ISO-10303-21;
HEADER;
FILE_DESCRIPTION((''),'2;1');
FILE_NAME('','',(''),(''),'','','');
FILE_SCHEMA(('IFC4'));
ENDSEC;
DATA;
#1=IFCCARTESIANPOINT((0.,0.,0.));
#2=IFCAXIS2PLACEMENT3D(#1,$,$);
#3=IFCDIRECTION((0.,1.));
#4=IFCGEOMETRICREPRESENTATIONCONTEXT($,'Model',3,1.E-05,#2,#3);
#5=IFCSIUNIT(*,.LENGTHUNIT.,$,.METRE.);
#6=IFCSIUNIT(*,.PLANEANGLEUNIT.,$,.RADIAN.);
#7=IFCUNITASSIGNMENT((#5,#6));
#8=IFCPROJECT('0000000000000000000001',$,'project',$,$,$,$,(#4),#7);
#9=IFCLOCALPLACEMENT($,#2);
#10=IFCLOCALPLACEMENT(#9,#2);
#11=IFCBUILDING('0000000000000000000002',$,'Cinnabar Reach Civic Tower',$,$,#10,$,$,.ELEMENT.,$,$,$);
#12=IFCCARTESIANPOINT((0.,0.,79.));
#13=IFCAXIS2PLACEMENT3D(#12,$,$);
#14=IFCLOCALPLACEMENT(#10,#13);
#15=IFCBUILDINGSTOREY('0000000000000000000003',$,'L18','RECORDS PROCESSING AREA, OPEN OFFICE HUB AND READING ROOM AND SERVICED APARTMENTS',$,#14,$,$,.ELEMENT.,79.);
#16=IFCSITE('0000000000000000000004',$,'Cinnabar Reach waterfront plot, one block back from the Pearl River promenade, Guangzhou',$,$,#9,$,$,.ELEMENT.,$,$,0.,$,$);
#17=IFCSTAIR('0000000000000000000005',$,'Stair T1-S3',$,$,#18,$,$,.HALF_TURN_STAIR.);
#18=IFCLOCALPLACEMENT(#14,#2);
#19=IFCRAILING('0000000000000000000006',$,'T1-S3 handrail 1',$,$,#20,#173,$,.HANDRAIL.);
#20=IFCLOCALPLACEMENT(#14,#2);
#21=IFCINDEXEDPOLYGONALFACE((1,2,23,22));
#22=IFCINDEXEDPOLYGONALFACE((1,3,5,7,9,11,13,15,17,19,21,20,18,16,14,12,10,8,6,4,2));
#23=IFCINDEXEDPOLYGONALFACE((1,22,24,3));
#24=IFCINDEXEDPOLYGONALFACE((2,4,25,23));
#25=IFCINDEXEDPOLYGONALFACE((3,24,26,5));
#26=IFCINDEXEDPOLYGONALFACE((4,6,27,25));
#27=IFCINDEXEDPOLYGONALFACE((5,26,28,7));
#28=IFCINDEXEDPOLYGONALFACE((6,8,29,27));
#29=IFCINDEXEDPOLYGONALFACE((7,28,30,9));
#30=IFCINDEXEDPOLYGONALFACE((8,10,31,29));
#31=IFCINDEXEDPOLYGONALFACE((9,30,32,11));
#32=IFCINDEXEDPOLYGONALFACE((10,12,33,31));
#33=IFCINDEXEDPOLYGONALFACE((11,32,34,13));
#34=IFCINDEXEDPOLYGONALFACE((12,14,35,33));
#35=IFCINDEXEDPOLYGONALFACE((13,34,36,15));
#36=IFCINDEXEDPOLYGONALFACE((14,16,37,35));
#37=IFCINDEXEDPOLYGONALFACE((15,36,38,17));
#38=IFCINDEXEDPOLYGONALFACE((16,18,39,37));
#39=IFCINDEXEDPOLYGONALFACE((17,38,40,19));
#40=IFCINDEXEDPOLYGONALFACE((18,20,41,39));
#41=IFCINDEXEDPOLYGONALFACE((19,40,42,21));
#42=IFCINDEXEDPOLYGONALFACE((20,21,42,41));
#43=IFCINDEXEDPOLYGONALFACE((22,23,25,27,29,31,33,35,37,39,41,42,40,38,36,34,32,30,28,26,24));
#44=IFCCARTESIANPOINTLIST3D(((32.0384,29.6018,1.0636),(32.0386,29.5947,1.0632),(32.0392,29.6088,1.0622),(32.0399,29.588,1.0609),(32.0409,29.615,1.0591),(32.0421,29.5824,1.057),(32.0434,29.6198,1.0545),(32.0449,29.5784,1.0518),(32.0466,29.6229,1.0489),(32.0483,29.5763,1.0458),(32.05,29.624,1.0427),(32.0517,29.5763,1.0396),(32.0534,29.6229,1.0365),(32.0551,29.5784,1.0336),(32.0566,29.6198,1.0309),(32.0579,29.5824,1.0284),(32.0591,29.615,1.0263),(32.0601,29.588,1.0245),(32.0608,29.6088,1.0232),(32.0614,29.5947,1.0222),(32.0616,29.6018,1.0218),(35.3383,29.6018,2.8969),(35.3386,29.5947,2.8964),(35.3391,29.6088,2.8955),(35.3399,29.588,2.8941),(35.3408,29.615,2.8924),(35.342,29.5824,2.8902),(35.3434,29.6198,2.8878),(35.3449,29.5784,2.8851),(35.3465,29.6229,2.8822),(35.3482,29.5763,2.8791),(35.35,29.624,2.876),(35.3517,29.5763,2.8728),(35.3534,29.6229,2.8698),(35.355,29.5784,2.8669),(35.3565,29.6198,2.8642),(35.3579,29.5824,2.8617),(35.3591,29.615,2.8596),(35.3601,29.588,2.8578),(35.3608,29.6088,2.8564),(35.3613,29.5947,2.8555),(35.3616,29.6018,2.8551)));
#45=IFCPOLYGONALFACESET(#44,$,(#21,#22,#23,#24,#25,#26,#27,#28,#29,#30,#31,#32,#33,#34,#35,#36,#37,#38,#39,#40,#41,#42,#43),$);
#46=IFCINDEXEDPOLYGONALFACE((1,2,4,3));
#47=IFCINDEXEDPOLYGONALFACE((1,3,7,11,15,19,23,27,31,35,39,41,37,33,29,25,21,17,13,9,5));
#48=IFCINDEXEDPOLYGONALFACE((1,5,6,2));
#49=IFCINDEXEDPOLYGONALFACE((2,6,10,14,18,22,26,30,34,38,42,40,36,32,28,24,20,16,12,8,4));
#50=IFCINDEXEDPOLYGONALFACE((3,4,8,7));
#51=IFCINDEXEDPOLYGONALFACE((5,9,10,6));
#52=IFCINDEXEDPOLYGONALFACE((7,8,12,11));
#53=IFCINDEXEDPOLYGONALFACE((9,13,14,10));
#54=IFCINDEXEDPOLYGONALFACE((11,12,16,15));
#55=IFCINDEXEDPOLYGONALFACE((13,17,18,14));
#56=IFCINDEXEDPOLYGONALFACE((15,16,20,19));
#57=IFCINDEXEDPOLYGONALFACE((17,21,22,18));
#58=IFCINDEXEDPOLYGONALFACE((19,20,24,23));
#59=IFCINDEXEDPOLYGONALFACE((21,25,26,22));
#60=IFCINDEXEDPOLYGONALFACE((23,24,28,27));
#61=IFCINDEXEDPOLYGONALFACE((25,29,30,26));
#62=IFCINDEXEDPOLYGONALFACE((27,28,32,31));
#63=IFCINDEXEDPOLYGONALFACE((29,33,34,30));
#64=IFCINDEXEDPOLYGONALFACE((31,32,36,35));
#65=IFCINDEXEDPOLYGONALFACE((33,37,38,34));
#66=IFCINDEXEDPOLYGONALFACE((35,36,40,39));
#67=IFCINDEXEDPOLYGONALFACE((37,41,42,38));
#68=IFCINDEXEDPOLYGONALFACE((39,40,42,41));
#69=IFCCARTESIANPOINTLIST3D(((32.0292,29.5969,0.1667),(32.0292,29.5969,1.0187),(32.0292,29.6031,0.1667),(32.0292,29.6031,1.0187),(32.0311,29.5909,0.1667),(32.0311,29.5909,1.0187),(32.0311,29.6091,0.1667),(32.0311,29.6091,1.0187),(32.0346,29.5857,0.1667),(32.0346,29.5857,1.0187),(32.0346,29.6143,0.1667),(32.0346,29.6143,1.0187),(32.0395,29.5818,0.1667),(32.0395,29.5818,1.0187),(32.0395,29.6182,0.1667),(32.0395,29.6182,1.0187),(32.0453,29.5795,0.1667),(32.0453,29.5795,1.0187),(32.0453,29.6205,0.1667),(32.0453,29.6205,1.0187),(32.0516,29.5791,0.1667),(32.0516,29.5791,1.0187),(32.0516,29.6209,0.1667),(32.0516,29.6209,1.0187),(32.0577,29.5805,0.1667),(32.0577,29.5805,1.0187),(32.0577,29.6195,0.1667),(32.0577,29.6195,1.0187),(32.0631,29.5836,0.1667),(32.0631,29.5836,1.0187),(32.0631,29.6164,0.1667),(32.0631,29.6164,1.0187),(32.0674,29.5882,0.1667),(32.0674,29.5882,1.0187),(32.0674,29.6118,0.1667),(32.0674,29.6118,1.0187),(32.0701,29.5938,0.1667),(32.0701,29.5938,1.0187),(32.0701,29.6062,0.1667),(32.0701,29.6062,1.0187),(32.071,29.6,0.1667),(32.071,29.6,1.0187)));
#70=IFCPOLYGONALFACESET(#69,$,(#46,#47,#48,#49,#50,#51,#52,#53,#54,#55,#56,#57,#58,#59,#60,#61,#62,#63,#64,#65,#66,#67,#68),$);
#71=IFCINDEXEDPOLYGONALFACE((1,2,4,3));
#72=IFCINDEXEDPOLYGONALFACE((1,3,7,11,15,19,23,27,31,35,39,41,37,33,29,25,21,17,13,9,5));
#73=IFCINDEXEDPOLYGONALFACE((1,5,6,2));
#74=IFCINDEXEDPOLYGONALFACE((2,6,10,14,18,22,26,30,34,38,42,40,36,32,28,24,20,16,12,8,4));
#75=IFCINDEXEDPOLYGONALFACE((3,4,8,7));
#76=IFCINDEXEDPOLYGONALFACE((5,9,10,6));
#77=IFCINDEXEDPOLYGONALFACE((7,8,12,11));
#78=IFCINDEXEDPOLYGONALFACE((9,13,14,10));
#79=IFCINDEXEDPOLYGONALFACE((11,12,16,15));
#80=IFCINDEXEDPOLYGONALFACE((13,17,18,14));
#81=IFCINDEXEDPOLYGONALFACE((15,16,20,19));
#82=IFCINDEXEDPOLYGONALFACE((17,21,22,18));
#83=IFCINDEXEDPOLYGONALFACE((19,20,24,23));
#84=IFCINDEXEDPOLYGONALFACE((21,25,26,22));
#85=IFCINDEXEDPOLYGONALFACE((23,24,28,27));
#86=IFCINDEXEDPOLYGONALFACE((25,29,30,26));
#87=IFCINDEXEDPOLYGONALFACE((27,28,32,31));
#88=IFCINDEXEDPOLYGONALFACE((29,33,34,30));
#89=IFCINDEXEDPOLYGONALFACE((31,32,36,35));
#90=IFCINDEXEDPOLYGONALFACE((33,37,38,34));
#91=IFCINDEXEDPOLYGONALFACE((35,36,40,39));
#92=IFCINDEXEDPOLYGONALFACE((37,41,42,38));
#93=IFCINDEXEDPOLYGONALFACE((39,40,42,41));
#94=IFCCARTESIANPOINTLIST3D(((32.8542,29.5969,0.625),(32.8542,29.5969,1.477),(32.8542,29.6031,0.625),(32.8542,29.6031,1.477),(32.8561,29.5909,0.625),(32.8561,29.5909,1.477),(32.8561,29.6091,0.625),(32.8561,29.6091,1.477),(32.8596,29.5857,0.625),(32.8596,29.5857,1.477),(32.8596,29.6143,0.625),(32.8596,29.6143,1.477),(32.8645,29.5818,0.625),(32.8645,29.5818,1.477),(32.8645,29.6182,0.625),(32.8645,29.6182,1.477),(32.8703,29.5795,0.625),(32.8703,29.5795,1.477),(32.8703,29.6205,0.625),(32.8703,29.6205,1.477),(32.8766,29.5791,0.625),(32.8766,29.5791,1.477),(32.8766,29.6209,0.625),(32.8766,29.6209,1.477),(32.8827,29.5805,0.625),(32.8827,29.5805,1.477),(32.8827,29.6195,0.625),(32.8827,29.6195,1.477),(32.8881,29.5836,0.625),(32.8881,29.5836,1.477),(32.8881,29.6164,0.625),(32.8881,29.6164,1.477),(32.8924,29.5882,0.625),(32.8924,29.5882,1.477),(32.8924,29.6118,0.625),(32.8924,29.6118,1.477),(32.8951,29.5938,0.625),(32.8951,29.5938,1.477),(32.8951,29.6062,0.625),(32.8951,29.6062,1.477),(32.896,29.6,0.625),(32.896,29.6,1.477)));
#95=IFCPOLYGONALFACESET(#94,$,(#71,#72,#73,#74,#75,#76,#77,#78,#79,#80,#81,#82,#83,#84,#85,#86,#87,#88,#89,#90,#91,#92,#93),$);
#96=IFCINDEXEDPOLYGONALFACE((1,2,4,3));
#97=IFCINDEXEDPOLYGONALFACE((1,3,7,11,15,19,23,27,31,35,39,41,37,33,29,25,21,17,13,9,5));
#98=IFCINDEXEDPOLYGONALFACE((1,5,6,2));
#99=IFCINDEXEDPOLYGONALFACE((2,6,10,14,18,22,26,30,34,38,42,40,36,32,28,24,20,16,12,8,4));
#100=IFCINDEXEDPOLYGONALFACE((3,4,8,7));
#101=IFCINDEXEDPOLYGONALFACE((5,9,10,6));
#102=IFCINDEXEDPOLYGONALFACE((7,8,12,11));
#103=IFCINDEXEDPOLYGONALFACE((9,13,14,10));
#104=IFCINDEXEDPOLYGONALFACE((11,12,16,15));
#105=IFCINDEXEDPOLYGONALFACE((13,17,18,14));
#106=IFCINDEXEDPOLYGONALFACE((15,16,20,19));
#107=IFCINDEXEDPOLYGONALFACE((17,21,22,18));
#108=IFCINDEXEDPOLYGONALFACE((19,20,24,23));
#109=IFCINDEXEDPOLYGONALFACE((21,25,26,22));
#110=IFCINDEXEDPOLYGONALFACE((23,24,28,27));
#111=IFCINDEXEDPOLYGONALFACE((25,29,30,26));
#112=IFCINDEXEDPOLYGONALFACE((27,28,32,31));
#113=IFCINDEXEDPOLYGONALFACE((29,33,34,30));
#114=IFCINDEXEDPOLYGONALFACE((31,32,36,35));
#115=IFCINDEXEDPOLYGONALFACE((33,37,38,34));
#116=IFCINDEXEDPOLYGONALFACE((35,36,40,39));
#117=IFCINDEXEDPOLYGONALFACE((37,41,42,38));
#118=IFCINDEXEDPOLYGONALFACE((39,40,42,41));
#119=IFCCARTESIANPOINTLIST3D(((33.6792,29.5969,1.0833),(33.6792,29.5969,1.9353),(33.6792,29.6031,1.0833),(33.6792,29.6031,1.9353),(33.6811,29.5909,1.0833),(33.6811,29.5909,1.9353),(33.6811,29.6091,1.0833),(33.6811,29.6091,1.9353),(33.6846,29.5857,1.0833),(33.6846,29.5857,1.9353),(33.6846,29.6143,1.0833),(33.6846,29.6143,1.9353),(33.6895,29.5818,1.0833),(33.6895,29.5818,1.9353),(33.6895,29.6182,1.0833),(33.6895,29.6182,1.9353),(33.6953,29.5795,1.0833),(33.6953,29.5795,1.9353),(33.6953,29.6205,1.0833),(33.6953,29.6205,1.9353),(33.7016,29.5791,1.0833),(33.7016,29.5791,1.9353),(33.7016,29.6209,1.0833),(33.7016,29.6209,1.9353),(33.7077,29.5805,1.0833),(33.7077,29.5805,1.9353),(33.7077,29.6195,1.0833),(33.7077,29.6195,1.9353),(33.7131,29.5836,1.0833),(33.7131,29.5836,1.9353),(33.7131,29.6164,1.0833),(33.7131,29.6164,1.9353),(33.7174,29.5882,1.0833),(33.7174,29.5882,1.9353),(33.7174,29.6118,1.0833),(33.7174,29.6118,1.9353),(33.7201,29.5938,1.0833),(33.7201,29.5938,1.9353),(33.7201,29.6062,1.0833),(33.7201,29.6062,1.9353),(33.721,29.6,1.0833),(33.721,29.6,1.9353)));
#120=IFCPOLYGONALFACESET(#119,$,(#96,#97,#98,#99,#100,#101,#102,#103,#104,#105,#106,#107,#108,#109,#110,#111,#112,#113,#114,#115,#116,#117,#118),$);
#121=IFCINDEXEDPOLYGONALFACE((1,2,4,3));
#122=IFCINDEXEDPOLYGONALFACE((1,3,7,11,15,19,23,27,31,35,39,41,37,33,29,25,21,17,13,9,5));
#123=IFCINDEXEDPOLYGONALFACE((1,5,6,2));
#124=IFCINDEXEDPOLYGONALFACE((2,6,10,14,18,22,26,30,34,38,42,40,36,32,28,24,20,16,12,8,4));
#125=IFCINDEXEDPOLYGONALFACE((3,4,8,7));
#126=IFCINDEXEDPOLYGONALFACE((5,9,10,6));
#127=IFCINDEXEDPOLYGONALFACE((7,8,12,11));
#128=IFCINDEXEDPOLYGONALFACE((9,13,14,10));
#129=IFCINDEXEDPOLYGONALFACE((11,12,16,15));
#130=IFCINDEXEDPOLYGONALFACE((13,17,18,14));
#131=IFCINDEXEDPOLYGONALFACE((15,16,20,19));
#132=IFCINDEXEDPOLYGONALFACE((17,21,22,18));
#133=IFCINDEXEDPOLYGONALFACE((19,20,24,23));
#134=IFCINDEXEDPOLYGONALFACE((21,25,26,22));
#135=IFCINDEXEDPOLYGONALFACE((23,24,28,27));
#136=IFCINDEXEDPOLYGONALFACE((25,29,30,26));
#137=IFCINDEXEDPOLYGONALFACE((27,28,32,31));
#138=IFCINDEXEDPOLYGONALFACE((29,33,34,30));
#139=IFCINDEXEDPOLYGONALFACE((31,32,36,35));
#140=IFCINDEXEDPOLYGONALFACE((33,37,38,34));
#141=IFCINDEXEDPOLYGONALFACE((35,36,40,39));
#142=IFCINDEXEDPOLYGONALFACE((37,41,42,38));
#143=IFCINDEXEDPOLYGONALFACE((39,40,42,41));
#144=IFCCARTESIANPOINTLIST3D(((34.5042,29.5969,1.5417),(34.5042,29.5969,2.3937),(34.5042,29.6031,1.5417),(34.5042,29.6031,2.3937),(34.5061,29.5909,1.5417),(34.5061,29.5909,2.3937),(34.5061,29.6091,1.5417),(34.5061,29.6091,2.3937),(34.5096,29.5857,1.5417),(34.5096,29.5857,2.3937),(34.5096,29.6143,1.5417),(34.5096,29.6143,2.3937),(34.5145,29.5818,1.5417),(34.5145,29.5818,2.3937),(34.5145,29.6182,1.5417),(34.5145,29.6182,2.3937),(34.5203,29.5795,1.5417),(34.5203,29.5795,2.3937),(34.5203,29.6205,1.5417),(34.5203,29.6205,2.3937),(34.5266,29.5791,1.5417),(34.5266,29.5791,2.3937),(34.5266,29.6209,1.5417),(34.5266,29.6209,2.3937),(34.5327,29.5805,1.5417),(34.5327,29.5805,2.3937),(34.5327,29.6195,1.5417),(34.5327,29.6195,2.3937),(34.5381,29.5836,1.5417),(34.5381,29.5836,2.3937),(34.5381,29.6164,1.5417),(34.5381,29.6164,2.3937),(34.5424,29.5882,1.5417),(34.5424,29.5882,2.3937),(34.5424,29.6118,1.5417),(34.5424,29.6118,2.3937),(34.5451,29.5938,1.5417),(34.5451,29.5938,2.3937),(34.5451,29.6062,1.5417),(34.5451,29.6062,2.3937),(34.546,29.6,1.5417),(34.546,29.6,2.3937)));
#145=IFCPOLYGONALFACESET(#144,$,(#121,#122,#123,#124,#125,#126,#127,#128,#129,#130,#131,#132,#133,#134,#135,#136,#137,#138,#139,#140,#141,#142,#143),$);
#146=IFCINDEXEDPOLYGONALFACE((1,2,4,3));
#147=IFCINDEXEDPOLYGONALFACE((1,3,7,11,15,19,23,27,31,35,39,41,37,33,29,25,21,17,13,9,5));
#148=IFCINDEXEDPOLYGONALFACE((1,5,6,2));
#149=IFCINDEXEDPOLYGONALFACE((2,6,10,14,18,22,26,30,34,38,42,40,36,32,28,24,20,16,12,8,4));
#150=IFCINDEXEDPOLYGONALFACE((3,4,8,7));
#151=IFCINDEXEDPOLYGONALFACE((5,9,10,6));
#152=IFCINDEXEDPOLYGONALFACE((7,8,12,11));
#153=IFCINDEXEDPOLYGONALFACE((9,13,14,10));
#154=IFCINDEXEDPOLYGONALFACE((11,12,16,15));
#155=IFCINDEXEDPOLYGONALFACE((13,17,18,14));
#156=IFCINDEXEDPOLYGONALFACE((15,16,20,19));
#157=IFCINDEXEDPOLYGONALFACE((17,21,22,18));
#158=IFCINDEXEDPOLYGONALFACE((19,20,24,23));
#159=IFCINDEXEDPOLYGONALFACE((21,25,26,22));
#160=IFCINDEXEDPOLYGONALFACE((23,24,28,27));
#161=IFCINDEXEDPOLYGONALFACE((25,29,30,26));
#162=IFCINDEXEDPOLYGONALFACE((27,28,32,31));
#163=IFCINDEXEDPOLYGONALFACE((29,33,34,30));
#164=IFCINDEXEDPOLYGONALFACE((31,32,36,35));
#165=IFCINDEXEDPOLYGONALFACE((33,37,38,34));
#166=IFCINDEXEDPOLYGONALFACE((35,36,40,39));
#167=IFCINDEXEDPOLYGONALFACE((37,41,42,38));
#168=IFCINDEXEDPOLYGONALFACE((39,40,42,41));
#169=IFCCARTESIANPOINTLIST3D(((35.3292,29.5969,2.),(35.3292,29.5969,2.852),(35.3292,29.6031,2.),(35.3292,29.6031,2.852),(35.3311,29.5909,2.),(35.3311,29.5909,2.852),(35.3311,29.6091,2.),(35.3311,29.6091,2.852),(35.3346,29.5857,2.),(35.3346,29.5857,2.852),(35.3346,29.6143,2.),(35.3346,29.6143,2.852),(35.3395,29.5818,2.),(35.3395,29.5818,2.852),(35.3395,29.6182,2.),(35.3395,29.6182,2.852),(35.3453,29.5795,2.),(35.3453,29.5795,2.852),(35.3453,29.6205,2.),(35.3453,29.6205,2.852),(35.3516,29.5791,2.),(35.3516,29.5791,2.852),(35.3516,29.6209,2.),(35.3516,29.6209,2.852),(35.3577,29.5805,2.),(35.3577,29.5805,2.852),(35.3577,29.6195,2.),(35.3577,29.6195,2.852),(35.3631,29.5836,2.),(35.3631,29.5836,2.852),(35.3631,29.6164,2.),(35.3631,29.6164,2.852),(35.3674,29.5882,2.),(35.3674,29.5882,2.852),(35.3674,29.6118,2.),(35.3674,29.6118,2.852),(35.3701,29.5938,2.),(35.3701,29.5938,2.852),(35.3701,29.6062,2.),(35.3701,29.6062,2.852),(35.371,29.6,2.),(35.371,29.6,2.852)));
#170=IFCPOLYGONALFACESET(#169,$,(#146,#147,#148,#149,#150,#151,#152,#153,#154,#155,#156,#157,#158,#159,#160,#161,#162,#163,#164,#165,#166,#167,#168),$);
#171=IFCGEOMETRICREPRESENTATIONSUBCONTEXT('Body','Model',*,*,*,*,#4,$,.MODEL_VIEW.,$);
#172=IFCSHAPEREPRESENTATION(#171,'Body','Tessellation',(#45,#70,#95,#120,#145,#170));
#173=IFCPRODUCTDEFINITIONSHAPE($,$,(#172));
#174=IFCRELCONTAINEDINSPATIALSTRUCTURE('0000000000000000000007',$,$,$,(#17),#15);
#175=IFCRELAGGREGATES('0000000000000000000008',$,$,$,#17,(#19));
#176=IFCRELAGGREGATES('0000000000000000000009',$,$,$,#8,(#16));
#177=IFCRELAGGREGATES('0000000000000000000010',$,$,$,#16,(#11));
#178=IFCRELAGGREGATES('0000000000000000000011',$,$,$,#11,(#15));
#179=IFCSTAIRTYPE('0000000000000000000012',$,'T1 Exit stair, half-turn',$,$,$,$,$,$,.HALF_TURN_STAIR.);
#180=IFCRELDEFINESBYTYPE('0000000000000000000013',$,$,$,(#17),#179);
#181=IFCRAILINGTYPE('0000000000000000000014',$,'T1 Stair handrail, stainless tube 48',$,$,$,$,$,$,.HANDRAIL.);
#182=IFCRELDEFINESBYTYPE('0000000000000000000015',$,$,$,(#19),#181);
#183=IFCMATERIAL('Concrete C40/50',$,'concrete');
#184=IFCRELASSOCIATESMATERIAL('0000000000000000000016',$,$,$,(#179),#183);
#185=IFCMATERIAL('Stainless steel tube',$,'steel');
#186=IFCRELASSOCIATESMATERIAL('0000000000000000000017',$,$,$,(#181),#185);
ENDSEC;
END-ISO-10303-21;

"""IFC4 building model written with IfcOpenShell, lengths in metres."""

from ifc_helpers import new_model, si_unit, direction, frame, origin, origin_2d, place, context, subcontext, project, spatial, circle, extrude, material, type_object, element, aggregate, save


model = new_model("IFC4")

# Units and contexts
model_context = context("Model", 3, precision=1e-05, world=origin(), true_north=direction((0.0, 1.0)))
body_context = subcontext(model_context, "Body", "Model", "MODEL_VIEW")
ifc_project = project(units=[si_unit("LENGTHUNIT", "METRE"), si_unit("PLANEANGLEUNIT", "RADIAN")], contexts=[model_context])

# Site, building, storey
site_placement = place(None, origin())
site = spatial("IfcSite", under=ifc_project, at=site_placement, Name="Cinnabar Reach waterfront plot, one block back from the Pearl River promenade, Guangzhou", CompositionType="ELEMENT", RefElevation=0.0)
building_placement = place(site_placement, origin())
building = spatial("IfcBuilding", under=site, at=building_placement, Name="Cinnabar Reach Civic Tower", CompositionType="ELEMENT")
storey_placement = place(building_placement, frame((0.0, 0.0, 79.0)))
storey = spatial("IfcBuildingStorey", under=building, at=storey_placement, Name="L18", Description="RECORDS PROCESSING AREA, OPEN OFFICE HUB AND READING ROOM AND SERVICED APARTMENTS", CompositionType="ELEMENT", Elevation=79.0)

# Stair, railing
ifc_material_1 = material(Name="Concrete C40/50", Category="concrete")
stair_type = type_object("IfcStairType", Name="T1 Exit stair, half-turn", PredefinedType="HALF_TURN_STAIR", material=ifc_material_1)
stair_placement = place(storey_placement, origin())
stair = element("IfcStair", 1, at=stair_placement, inside=storey, type_object=stair_type, Name="Stair T1-S3", PredefinedType="HALF_TURN_STAIR")
ifc_material_2 = material(Name="Stainless steel tube", Category="steel")
railing_type = type_object("IfcRailingType", Name="T1 Stair handrail, stainless tube 48", PredefinedType="HANDRAIL", material=ifc_material_2)
railing_placement = place(storey_placement, frame((32.05, 29.6, 0.1667)))
railing = element("IfcRailing", 2, at=railing_placement, type_object=railing_type, Name="T1-S3 handrail 1", PredefinedType="HANDRAIL", context=body_context, shape_type="SweptSolid", body=[
    extrude(circle(Radius=0.024, at=origin_2d()), frame((0.0, 0.0, 0.876), z_axis=(0.874161, 0.0, 0.485636), x_axis=(0.0, 1.0, 0.0)), (0.0, 0.0, 1.0), 3.775),
    extrude(circle(Radius=0.021, at=origin_2d()), origin(), (0.0, 0.0, 1.0), 0.852),
    extrude(circle(Radius=0.021, at=origin_2d()), frame((0.825, 0.0, 0.4583)), (0.0, 0.0, 1.0), 0.852),
    extrude(circle(Radius=0.021, at=origin_2d()), frame((1.65, 0.0, 0.9166)), (0.0, 0.0, 1.0), 0.852),
    extrude(circle(Radius=0.021, at=origin_2d()), frame((2.475, 0.0, 1.375)), (0.0, 0.0, 1.0), 0.852),
    extrude(circle(Radius=0.021, at=origin_2d()), frame((3.3, 0.0, 1.8333)), (0.0, 0.0, 1.0), 0.852),
])
aggregate(stair, [railing])

save(model, "model.ifc")
